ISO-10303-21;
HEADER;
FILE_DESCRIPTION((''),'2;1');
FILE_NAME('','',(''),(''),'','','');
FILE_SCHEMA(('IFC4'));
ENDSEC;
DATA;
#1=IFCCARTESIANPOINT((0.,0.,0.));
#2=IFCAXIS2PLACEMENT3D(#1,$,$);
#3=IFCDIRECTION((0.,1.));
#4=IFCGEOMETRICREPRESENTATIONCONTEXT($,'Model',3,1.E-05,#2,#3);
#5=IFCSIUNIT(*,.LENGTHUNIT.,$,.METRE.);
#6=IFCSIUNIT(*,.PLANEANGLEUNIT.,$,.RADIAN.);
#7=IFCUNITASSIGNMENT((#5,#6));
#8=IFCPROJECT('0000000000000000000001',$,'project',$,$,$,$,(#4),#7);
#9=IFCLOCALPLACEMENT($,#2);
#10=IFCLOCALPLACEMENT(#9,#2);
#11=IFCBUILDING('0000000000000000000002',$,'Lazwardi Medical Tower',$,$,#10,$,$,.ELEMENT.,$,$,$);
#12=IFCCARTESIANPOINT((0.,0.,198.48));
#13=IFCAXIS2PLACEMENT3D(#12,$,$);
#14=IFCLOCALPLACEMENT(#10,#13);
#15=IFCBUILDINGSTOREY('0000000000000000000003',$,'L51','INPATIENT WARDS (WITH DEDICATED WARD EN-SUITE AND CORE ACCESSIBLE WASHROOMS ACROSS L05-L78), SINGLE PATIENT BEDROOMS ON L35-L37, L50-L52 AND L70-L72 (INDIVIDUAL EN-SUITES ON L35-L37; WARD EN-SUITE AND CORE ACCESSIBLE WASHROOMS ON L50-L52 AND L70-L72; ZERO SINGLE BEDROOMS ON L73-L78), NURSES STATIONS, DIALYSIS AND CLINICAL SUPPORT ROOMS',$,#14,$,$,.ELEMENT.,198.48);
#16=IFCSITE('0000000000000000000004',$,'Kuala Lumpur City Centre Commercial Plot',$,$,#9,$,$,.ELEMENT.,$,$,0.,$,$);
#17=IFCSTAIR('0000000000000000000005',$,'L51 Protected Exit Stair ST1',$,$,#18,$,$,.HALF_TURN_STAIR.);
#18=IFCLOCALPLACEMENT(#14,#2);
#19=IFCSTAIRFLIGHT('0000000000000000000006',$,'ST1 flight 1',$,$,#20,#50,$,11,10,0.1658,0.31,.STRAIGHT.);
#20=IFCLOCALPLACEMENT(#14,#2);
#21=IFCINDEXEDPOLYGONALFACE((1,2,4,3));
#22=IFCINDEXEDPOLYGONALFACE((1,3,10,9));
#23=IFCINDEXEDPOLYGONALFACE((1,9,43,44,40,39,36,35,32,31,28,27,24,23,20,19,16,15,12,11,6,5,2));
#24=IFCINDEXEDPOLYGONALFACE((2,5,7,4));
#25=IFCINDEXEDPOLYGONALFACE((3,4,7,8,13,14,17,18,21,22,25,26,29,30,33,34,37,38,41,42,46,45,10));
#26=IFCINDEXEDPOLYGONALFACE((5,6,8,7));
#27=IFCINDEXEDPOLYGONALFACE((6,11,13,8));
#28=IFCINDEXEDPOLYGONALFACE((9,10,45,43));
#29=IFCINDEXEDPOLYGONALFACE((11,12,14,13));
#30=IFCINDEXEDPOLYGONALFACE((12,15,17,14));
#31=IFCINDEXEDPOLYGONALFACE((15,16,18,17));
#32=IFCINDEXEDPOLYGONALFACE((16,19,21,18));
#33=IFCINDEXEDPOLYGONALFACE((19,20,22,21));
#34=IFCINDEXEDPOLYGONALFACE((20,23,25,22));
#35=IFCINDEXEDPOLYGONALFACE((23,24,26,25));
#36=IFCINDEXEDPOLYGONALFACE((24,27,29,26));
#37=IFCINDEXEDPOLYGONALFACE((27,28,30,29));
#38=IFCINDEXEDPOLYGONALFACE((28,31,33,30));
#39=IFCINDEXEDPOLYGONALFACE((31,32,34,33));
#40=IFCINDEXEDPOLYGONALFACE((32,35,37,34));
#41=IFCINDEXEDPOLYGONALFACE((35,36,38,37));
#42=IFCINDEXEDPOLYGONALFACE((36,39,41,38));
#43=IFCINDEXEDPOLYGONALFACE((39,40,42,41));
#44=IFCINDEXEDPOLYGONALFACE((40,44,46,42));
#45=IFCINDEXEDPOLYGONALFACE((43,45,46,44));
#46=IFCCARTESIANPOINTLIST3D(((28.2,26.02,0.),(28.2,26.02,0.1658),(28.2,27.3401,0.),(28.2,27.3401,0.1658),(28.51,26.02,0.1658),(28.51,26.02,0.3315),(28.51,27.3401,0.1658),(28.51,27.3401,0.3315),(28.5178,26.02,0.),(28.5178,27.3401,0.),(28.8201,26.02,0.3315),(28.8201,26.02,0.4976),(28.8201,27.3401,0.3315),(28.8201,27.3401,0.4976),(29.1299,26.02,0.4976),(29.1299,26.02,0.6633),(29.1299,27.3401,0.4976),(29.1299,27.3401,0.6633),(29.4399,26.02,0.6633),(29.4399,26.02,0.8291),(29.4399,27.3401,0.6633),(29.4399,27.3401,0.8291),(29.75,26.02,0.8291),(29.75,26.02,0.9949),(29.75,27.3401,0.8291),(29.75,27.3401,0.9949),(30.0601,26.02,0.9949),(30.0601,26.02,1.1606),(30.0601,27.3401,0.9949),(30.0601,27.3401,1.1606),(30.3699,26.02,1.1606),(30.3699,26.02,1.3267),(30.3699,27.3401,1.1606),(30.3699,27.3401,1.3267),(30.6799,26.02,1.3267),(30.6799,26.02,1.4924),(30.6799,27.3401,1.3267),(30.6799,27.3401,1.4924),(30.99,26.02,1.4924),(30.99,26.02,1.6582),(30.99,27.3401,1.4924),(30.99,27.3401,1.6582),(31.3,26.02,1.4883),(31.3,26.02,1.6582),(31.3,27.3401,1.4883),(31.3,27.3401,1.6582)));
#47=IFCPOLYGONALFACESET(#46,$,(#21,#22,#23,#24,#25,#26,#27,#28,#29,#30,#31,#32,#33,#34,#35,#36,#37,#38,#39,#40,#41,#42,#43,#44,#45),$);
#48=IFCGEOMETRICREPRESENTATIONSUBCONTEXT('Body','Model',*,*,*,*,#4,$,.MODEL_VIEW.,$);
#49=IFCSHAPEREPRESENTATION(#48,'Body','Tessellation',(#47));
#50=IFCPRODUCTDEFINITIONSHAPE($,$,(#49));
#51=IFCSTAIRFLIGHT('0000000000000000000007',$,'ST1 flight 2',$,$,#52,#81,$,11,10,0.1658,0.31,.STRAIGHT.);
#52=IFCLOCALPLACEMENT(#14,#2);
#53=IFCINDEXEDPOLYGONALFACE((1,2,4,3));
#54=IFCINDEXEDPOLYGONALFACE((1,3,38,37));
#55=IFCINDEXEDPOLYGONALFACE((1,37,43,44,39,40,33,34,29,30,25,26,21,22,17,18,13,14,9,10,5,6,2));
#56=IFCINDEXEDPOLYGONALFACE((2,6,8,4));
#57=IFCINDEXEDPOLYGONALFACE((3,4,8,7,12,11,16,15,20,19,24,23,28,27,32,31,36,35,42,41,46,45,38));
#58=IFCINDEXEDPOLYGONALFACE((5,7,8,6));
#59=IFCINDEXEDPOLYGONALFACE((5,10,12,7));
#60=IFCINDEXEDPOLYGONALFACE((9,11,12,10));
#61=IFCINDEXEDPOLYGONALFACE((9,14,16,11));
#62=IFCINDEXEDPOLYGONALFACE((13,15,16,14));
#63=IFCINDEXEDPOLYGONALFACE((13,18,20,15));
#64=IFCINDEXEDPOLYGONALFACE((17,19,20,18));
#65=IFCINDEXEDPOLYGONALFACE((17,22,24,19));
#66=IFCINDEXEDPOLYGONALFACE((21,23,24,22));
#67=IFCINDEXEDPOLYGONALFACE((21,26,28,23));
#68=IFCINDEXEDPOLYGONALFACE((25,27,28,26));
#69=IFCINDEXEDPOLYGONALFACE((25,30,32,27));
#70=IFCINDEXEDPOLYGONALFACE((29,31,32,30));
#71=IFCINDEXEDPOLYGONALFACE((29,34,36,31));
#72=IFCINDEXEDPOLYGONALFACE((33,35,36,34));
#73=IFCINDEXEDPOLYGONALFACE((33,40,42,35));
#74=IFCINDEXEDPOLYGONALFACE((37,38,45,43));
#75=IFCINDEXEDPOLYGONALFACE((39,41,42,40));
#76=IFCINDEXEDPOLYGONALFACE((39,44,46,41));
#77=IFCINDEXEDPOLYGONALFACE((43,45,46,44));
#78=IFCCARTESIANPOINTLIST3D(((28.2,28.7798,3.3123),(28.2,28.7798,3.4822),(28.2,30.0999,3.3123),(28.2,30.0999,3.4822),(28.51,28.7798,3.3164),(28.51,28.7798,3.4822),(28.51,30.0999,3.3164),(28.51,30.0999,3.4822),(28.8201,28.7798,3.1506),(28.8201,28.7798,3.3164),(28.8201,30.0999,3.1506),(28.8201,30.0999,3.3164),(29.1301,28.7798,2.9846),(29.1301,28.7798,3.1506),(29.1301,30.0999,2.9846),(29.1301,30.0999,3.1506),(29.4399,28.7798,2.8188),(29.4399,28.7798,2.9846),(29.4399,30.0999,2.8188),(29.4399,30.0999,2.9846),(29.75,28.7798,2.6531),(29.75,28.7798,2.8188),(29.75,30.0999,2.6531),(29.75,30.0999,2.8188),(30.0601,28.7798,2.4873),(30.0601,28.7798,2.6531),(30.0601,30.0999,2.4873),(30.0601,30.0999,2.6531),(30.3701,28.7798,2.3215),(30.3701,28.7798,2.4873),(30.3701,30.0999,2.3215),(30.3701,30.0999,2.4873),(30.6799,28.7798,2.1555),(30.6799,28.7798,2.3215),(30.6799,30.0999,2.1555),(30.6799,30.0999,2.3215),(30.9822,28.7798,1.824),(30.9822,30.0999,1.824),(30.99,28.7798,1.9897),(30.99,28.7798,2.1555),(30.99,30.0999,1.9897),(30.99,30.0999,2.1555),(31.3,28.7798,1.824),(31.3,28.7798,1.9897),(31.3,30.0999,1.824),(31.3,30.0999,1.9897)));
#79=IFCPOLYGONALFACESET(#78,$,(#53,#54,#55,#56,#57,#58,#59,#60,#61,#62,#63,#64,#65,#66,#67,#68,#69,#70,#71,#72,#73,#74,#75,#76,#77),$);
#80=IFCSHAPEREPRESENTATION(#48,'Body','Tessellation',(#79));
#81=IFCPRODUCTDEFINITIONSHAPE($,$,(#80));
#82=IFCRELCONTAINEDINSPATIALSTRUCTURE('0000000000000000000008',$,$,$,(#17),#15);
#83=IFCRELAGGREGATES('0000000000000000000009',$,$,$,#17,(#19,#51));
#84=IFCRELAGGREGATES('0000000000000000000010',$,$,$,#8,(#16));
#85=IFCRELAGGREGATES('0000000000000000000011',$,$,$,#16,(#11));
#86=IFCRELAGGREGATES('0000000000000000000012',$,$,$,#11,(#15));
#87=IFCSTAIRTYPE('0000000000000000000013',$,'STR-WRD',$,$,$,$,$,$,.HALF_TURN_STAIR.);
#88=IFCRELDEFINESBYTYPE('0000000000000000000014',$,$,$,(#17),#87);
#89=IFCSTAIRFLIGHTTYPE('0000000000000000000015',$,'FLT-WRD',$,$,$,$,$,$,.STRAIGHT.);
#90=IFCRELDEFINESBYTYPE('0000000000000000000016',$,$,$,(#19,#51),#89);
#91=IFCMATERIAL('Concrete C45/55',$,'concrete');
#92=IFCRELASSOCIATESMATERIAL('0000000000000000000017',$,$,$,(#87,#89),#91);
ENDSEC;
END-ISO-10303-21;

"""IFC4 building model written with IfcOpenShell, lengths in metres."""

from ifc_helpers import new_model, si_unit, direction, frame, origin, place, context, subcontext, project, spatial, polyline, outline, extrude, material, type_object, element, aggregate, save


model = new_model("IFC4")

# Units and contexts
model_context = context("Model", 3, precision=1e-05, world=origin(), true_north=direction((0.0, 1.0)))
body_context = subcontext(model_context, "Body", "Model", "MODEL_VIEW")
ifc_project = project(units=[si_unit("LENGTHUNIT", "METRE"), si_unit("PLANEANGLEUNIT", "RADIAN")], contexts=[model_context])

# Site, building, storey
site_placement = place(None, origin())
site = spatial("IfcSite", under=ifc_project, at=site_placement, Name="Kuala Lumpur City Centre Commercial Plot", CompositionType="ELEMENT", RefElevation=0.0)
building_placement = place(site_placement, origin())
building = spatial("IfcBuilding", under=site, at=building_placement, Name="Lazwardi Medical Tower", CompositionType="ELEMENT")
storey_placement = place(building_placement, frame((0.0, 0.0, 198.48)))
storey = spatial("IfcBuildingStorey", under=building, at=storey_placement, Name="L51", Description="INPATIENT WARDS (WITH DEDICATED WARD EN-SUITE AND CORE ACCESSIBLE WASHROOMS ACROSS L05-L78), SINGLE PATIENT BEDROOMS ON L35-L37, L50-L52 AND L70-L72 (INDIVIDUAL EN-SUITES ON L35-L37; WARD EN-SUITE AND CORE ACCESSIBLE WASHROOMS ON L50-L52 AND L70-L72; ZERO SINGLE BEDROOMS ON L73-L78), NURSES STATIONS, DIALYSIS AND CLINICAL SUPPORT ROOMS", CompositionType="ELEMENT", Elevation=198.48)

# Stair, stair flights
ifc_material_1 = material(Name="Concrete C45/55", Category="concrete")
stair_type = type_object("IfcStairType", Name="STR-WRD", PredefinedType="HALF_TURN_STAIR", material=ifc_material_1)
stair_placement = place(storey_placement, origin())
stair = element("IfcStair", 1, at=stair_placement, inside=storey, type_object=stair_type, Name="L51 Protected Exit Stair ST1", PredefinedType="HALF_TURN_STAIR")
stair_flight_type = type_object("IfcStairFlightType", Name="FLT-WRD", PredefinedType="STRAIGHT", material=ifc_material_1)
stair_flight_1_placement = place(storey_placement, frame((28.2, 26.6799, 0.0), z_axis=(0.0, 0.0, 1.0), x_axis=(1.0, 0.0, 0.0)))
stair_flight_1 = element("IfcStairFlight", 2, at=stair_flight_1_placement, type_object=stair_flight_type, Name="ST1 flight 1", NumberOfRisers=11, NumberOfTreads=10, PredefinedType="STRAIGHT", RiserHeight=0.1658, TreadLength=0.31, context=body_context, shape_type="SweptSolid", body=[
    extrude(outline(polyline([(0.0, 0.0), (0.0, 0.1658), (0.3101, 0.1658), (0.3101, 0.3315), (0.6201, 0.3315), (0.6201, 0.4976), (0.9299, 0.4976), (0.9299, 0.6633), (1.24, 0.6633), (1.24, 0.8291), (1.55, 0.8291), (1.55, 0.9949), (1.8601, 0.9949), (1.8601, 1.1606), (2.1699, 1.1606), (2.1699, 1.3267), (2.48, 1.3267), (2.48, 1.4924), (2.79, 1.4924), (2.79, 1.6582), (3.1001, 1.6582), (3.1001, 1.824), (3.1001, 1.4883), (0.3179, 0.0), (0.0, 0.0)])), frame((0.0, 0.6602, 0.0), z_axis=(0.0, -1.0, 0.0), x_axis=(1.0, 0.0, 0.0)), (0.0, 0.0, 1.0), 1.3201),
])
stair_flight_2_placement = place(storey_placement, frame((31.3, 29.4399, 1.824), z_axis=(0.0, 0.0, 1.0), x_axis=(-1.0, 0.0, 0.0)))
stair_flight_2 = element("IfcStairFlight", 3, at=stair_flight_2_placement, type_object=stair_flight_type, Name="ST1 flight 2", NumberOfRisers=11, NumberOfTreads=10, PredefinedType="STRAIGHT", RiserHeight=0.1658, TreadLength=0.31, context=body_context, shape_type="SweptSolid", body=[
    extrude(outline(polyline([(0.0, 0.0), (0.0, 0.1658), (0.3101, 0.1658), (0.3101, 0.3315), (0.6201, 0.3315), (0.6201, 0.4976), (0.9299, 0.4976), (0.9299, 0.6633), (1.24, 0.6633), (1.24, 0.8291), (1.55, 0.8291), (1.55, 0.9949), (1.8601, 0.9949), (1.8601, 1.1606), (2.1699, 1.1606), (2.1699, 1.3267), (2.48, 1.3267), (2.48, 1.4924), (2.79, 1.4924), (2.79, 1.6582), (3.1001, 1.6582), (3.1001, 1.824), (3.1001, 1.4883), (0.3179, 0.0), (0.0, 0.0)])), frame((0.0, 0.6602, 0.0), z_axis=(0.0, -1.0, 0.0), x_axis=(1.0, 0.0, 0.0)), (0.0, 0.0, 1.0), 1.3201),
])
aggregate(stair, [stair_flight_1, stair_flight_2])

save(model, "model.ifc")
